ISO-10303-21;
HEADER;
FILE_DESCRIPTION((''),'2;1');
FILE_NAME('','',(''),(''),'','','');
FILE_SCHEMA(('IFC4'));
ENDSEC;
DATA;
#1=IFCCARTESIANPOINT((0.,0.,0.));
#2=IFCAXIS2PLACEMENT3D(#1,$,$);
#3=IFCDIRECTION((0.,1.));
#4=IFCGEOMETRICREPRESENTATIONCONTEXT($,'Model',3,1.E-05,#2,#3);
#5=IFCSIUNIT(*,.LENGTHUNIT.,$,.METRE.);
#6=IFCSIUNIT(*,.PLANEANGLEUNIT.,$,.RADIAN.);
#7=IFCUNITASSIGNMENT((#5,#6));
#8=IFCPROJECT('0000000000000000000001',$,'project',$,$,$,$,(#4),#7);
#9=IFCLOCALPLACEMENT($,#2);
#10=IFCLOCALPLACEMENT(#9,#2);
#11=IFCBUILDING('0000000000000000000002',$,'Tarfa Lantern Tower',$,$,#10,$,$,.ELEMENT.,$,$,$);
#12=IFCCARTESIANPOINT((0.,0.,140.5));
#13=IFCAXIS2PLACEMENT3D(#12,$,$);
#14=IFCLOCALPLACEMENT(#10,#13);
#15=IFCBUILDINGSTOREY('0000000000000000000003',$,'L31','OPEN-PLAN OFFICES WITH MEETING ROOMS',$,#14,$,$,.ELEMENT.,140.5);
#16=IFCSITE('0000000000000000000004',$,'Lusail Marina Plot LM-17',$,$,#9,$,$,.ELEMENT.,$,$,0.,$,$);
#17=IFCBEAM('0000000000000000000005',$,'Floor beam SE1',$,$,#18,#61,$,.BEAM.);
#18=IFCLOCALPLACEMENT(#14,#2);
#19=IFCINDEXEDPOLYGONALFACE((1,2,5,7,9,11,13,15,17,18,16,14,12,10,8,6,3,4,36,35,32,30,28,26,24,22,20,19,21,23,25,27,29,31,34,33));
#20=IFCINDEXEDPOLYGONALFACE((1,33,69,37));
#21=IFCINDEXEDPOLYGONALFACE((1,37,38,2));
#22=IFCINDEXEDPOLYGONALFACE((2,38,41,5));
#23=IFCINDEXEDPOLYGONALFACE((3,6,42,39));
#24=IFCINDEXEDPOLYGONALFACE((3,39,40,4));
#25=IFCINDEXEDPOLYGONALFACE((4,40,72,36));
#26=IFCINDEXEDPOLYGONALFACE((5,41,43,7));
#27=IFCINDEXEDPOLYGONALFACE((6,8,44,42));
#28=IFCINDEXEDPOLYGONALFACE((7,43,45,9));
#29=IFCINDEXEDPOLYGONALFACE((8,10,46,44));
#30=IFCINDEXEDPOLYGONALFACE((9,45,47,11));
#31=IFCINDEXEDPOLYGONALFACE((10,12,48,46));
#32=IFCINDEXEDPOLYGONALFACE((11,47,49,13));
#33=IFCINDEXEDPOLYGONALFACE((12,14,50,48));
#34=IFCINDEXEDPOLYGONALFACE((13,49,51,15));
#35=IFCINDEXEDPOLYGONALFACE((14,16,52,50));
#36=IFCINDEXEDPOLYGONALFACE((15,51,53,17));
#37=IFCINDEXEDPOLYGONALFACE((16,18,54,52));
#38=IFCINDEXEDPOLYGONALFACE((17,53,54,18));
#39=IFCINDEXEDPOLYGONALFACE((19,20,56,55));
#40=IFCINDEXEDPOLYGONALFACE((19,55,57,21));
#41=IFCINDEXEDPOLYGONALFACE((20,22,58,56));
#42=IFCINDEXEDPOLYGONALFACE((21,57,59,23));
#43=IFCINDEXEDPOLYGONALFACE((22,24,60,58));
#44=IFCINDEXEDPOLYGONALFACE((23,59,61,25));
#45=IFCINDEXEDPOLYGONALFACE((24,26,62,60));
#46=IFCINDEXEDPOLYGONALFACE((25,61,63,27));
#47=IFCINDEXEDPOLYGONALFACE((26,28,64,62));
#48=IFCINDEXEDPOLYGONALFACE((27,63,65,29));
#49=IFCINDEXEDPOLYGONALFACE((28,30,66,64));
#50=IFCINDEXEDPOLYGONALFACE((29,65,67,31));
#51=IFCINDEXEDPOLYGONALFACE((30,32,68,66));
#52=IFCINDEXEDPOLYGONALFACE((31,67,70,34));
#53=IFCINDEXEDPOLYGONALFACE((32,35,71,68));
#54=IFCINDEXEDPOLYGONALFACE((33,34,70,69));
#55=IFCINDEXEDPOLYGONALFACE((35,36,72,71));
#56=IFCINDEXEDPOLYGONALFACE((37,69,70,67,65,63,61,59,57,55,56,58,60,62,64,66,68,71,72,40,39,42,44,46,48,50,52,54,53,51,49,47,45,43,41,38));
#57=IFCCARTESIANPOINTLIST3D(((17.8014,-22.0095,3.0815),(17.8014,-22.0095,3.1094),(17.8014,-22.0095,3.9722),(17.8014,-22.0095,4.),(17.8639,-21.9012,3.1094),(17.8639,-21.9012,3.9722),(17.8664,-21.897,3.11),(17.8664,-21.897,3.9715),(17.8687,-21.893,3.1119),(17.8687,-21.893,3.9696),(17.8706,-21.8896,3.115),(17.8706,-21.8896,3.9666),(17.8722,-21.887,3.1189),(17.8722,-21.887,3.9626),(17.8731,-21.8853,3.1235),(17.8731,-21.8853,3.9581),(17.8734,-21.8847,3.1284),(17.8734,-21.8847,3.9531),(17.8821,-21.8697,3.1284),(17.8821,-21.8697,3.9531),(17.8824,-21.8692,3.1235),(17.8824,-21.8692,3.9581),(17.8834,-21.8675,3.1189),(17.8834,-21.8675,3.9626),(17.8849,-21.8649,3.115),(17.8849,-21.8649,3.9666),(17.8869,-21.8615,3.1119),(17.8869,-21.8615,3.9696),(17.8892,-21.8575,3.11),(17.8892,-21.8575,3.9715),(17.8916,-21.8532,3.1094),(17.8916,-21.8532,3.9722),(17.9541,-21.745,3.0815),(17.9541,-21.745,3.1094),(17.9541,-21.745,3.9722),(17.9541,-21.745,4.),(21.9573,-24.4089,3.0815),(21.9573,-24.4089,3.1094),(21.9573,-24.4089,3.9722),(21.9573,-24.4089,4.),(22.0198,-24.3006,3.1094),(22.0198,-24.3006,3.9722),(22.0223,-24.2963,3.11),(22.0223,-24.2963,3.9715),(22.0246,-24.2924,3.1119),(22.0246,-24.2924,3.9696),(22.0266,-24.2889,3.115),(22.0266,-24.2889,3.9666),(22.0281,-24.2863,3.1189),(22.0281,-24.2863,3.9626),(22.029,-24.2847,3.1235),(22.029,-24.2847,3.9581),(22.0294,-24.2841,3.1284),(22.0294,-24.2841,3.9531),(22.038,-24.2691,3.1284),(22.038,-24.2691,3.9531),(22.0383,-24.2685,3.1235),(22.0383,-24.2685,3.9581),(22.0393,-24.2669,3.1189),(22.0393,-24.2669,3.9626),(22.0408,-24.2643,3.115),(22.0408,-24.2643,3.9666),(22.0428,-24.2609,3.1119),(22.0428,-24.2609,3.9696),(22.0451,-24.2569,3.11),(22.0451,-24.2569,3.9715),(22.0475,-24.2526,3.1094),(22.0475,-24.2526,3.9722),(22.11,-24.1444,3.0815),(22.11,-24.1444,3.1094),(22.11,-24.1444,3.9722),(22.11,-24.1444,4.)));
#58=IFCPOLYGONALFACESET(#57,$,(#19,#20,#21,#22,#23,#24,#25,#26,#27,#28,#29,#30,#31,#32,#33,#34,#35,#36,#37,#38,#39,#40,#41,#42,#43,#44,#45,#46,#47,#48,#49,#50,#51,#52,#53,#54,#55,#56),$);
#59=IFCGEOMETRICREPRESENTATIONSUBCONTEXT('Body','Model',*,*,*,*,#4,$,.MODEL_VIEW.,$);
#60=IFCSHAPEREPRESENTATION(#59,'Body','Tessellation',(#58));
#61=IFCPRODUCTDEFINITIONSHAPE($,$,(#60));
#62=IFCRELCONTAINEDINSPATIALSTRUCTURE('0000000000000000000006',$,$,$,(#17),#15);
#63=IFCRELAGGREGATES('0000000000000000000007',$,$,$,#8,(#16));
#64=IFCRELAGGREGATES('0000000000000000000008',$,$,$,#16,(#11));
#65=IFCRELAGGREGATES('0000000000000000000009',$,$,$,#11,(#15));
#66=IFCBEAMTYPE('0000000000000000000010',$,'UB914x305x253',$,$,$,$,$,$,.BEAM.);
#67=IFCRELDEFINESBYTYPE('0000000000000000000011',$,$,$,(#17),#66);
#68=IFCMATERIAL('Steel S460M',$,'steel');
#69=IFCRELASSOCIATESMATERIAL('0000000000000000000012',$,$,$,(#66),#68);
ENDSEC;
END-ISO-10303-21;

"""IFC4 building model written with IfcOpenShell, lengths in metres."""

from ifc_helpers import new_model, si_unit, direction, frame, origin, origin_2d, place, context, subcontext, project, spatial, i_section, extrude, material, material_profile, profile_set, type_object, element, save


model = new_model("IFC4")

# Units and contexts
model_context = context("Model", 3, precision=1e-05, world=origin(), true_north=direction((0.0, 1.0)))
body_context = subcontext(model_context, "Body", "Model", "MODEL_VIEW")
ifc_project = project(units=[si_unit("LENGTHUNIT", "METRE"), si_unit("PLANEANGLEUNIT", "RADIAN")], contexts=[model_context])

# Site, building, storey
site_placement = place(None, origin())
site = spatial("IfcSite", under=ifc_project, at=site_placement, Name="Lusail Marina Plot LM-17", CompositionType="ELEMENT", RefElevation=0.0)
building_placement = place(site_placement, origin())
building = spatial("IfcBuilding", under=site, at=building_placement, Name="Tarfa Lantern Tower", CompositionType="ELEMENT")
storey_placement = place(building_placement, frame((0.0, 0.0, 140.5)))
storey = spatial("IfcBuildingStorey", under=building, at=storey_placement, Name="L31", Description="OPEN-PLAN OFFICES WITH MEETING ROOMS", CompositionType="ELEMENT", Elevation=140.5)

# Beam
ifc_material_1 = material(Name="Steel S460M", Category="steel")
ifc_material_profile_1 = material_profile(ifc_material_1, i_section(OverallWidth=0.3054, OverallDepth=0.9185, WebThickness=0.0173, FlangeThickness=0.0278, FilletRadius=0.019, at=origin_2d()), Name="UB914x305x253")
ifc_profile_set_1 = profile_set([ifc_material_profile_1], Name="Steel S460M")
beam_type_1 = type_object("IfcBeamType", Name="UB914x305x253", PredefinedType="BEAM", material=ifc_profile_set_1)
beam_1_placement = place(storey_placement, frame((22.0337, -24.2766, 3.5408), z_axis=(-0.866031, 0.499991, 0.0), x_axis=(-0.499991, -0.866031, 0.0)))
element("IfcBeam", 1, at=beam_1_placement, inside=storey, type_object=beam_type_1, Name="Floor beam SE1", PredefinedType="BEAM", context=body_context, shape_type="SweptSolid", body=[
    extrude(i_section(OverallWidth=0.3054, OverallDepth=0.9185, WebThickness=0.0173, FlangeThickness=0.0278, FilletRadius=0.019, at=origin_2d()), origin(), (0.0, 0.0, 1.0), 4.7988),
])

save(model, "model.ifc")
